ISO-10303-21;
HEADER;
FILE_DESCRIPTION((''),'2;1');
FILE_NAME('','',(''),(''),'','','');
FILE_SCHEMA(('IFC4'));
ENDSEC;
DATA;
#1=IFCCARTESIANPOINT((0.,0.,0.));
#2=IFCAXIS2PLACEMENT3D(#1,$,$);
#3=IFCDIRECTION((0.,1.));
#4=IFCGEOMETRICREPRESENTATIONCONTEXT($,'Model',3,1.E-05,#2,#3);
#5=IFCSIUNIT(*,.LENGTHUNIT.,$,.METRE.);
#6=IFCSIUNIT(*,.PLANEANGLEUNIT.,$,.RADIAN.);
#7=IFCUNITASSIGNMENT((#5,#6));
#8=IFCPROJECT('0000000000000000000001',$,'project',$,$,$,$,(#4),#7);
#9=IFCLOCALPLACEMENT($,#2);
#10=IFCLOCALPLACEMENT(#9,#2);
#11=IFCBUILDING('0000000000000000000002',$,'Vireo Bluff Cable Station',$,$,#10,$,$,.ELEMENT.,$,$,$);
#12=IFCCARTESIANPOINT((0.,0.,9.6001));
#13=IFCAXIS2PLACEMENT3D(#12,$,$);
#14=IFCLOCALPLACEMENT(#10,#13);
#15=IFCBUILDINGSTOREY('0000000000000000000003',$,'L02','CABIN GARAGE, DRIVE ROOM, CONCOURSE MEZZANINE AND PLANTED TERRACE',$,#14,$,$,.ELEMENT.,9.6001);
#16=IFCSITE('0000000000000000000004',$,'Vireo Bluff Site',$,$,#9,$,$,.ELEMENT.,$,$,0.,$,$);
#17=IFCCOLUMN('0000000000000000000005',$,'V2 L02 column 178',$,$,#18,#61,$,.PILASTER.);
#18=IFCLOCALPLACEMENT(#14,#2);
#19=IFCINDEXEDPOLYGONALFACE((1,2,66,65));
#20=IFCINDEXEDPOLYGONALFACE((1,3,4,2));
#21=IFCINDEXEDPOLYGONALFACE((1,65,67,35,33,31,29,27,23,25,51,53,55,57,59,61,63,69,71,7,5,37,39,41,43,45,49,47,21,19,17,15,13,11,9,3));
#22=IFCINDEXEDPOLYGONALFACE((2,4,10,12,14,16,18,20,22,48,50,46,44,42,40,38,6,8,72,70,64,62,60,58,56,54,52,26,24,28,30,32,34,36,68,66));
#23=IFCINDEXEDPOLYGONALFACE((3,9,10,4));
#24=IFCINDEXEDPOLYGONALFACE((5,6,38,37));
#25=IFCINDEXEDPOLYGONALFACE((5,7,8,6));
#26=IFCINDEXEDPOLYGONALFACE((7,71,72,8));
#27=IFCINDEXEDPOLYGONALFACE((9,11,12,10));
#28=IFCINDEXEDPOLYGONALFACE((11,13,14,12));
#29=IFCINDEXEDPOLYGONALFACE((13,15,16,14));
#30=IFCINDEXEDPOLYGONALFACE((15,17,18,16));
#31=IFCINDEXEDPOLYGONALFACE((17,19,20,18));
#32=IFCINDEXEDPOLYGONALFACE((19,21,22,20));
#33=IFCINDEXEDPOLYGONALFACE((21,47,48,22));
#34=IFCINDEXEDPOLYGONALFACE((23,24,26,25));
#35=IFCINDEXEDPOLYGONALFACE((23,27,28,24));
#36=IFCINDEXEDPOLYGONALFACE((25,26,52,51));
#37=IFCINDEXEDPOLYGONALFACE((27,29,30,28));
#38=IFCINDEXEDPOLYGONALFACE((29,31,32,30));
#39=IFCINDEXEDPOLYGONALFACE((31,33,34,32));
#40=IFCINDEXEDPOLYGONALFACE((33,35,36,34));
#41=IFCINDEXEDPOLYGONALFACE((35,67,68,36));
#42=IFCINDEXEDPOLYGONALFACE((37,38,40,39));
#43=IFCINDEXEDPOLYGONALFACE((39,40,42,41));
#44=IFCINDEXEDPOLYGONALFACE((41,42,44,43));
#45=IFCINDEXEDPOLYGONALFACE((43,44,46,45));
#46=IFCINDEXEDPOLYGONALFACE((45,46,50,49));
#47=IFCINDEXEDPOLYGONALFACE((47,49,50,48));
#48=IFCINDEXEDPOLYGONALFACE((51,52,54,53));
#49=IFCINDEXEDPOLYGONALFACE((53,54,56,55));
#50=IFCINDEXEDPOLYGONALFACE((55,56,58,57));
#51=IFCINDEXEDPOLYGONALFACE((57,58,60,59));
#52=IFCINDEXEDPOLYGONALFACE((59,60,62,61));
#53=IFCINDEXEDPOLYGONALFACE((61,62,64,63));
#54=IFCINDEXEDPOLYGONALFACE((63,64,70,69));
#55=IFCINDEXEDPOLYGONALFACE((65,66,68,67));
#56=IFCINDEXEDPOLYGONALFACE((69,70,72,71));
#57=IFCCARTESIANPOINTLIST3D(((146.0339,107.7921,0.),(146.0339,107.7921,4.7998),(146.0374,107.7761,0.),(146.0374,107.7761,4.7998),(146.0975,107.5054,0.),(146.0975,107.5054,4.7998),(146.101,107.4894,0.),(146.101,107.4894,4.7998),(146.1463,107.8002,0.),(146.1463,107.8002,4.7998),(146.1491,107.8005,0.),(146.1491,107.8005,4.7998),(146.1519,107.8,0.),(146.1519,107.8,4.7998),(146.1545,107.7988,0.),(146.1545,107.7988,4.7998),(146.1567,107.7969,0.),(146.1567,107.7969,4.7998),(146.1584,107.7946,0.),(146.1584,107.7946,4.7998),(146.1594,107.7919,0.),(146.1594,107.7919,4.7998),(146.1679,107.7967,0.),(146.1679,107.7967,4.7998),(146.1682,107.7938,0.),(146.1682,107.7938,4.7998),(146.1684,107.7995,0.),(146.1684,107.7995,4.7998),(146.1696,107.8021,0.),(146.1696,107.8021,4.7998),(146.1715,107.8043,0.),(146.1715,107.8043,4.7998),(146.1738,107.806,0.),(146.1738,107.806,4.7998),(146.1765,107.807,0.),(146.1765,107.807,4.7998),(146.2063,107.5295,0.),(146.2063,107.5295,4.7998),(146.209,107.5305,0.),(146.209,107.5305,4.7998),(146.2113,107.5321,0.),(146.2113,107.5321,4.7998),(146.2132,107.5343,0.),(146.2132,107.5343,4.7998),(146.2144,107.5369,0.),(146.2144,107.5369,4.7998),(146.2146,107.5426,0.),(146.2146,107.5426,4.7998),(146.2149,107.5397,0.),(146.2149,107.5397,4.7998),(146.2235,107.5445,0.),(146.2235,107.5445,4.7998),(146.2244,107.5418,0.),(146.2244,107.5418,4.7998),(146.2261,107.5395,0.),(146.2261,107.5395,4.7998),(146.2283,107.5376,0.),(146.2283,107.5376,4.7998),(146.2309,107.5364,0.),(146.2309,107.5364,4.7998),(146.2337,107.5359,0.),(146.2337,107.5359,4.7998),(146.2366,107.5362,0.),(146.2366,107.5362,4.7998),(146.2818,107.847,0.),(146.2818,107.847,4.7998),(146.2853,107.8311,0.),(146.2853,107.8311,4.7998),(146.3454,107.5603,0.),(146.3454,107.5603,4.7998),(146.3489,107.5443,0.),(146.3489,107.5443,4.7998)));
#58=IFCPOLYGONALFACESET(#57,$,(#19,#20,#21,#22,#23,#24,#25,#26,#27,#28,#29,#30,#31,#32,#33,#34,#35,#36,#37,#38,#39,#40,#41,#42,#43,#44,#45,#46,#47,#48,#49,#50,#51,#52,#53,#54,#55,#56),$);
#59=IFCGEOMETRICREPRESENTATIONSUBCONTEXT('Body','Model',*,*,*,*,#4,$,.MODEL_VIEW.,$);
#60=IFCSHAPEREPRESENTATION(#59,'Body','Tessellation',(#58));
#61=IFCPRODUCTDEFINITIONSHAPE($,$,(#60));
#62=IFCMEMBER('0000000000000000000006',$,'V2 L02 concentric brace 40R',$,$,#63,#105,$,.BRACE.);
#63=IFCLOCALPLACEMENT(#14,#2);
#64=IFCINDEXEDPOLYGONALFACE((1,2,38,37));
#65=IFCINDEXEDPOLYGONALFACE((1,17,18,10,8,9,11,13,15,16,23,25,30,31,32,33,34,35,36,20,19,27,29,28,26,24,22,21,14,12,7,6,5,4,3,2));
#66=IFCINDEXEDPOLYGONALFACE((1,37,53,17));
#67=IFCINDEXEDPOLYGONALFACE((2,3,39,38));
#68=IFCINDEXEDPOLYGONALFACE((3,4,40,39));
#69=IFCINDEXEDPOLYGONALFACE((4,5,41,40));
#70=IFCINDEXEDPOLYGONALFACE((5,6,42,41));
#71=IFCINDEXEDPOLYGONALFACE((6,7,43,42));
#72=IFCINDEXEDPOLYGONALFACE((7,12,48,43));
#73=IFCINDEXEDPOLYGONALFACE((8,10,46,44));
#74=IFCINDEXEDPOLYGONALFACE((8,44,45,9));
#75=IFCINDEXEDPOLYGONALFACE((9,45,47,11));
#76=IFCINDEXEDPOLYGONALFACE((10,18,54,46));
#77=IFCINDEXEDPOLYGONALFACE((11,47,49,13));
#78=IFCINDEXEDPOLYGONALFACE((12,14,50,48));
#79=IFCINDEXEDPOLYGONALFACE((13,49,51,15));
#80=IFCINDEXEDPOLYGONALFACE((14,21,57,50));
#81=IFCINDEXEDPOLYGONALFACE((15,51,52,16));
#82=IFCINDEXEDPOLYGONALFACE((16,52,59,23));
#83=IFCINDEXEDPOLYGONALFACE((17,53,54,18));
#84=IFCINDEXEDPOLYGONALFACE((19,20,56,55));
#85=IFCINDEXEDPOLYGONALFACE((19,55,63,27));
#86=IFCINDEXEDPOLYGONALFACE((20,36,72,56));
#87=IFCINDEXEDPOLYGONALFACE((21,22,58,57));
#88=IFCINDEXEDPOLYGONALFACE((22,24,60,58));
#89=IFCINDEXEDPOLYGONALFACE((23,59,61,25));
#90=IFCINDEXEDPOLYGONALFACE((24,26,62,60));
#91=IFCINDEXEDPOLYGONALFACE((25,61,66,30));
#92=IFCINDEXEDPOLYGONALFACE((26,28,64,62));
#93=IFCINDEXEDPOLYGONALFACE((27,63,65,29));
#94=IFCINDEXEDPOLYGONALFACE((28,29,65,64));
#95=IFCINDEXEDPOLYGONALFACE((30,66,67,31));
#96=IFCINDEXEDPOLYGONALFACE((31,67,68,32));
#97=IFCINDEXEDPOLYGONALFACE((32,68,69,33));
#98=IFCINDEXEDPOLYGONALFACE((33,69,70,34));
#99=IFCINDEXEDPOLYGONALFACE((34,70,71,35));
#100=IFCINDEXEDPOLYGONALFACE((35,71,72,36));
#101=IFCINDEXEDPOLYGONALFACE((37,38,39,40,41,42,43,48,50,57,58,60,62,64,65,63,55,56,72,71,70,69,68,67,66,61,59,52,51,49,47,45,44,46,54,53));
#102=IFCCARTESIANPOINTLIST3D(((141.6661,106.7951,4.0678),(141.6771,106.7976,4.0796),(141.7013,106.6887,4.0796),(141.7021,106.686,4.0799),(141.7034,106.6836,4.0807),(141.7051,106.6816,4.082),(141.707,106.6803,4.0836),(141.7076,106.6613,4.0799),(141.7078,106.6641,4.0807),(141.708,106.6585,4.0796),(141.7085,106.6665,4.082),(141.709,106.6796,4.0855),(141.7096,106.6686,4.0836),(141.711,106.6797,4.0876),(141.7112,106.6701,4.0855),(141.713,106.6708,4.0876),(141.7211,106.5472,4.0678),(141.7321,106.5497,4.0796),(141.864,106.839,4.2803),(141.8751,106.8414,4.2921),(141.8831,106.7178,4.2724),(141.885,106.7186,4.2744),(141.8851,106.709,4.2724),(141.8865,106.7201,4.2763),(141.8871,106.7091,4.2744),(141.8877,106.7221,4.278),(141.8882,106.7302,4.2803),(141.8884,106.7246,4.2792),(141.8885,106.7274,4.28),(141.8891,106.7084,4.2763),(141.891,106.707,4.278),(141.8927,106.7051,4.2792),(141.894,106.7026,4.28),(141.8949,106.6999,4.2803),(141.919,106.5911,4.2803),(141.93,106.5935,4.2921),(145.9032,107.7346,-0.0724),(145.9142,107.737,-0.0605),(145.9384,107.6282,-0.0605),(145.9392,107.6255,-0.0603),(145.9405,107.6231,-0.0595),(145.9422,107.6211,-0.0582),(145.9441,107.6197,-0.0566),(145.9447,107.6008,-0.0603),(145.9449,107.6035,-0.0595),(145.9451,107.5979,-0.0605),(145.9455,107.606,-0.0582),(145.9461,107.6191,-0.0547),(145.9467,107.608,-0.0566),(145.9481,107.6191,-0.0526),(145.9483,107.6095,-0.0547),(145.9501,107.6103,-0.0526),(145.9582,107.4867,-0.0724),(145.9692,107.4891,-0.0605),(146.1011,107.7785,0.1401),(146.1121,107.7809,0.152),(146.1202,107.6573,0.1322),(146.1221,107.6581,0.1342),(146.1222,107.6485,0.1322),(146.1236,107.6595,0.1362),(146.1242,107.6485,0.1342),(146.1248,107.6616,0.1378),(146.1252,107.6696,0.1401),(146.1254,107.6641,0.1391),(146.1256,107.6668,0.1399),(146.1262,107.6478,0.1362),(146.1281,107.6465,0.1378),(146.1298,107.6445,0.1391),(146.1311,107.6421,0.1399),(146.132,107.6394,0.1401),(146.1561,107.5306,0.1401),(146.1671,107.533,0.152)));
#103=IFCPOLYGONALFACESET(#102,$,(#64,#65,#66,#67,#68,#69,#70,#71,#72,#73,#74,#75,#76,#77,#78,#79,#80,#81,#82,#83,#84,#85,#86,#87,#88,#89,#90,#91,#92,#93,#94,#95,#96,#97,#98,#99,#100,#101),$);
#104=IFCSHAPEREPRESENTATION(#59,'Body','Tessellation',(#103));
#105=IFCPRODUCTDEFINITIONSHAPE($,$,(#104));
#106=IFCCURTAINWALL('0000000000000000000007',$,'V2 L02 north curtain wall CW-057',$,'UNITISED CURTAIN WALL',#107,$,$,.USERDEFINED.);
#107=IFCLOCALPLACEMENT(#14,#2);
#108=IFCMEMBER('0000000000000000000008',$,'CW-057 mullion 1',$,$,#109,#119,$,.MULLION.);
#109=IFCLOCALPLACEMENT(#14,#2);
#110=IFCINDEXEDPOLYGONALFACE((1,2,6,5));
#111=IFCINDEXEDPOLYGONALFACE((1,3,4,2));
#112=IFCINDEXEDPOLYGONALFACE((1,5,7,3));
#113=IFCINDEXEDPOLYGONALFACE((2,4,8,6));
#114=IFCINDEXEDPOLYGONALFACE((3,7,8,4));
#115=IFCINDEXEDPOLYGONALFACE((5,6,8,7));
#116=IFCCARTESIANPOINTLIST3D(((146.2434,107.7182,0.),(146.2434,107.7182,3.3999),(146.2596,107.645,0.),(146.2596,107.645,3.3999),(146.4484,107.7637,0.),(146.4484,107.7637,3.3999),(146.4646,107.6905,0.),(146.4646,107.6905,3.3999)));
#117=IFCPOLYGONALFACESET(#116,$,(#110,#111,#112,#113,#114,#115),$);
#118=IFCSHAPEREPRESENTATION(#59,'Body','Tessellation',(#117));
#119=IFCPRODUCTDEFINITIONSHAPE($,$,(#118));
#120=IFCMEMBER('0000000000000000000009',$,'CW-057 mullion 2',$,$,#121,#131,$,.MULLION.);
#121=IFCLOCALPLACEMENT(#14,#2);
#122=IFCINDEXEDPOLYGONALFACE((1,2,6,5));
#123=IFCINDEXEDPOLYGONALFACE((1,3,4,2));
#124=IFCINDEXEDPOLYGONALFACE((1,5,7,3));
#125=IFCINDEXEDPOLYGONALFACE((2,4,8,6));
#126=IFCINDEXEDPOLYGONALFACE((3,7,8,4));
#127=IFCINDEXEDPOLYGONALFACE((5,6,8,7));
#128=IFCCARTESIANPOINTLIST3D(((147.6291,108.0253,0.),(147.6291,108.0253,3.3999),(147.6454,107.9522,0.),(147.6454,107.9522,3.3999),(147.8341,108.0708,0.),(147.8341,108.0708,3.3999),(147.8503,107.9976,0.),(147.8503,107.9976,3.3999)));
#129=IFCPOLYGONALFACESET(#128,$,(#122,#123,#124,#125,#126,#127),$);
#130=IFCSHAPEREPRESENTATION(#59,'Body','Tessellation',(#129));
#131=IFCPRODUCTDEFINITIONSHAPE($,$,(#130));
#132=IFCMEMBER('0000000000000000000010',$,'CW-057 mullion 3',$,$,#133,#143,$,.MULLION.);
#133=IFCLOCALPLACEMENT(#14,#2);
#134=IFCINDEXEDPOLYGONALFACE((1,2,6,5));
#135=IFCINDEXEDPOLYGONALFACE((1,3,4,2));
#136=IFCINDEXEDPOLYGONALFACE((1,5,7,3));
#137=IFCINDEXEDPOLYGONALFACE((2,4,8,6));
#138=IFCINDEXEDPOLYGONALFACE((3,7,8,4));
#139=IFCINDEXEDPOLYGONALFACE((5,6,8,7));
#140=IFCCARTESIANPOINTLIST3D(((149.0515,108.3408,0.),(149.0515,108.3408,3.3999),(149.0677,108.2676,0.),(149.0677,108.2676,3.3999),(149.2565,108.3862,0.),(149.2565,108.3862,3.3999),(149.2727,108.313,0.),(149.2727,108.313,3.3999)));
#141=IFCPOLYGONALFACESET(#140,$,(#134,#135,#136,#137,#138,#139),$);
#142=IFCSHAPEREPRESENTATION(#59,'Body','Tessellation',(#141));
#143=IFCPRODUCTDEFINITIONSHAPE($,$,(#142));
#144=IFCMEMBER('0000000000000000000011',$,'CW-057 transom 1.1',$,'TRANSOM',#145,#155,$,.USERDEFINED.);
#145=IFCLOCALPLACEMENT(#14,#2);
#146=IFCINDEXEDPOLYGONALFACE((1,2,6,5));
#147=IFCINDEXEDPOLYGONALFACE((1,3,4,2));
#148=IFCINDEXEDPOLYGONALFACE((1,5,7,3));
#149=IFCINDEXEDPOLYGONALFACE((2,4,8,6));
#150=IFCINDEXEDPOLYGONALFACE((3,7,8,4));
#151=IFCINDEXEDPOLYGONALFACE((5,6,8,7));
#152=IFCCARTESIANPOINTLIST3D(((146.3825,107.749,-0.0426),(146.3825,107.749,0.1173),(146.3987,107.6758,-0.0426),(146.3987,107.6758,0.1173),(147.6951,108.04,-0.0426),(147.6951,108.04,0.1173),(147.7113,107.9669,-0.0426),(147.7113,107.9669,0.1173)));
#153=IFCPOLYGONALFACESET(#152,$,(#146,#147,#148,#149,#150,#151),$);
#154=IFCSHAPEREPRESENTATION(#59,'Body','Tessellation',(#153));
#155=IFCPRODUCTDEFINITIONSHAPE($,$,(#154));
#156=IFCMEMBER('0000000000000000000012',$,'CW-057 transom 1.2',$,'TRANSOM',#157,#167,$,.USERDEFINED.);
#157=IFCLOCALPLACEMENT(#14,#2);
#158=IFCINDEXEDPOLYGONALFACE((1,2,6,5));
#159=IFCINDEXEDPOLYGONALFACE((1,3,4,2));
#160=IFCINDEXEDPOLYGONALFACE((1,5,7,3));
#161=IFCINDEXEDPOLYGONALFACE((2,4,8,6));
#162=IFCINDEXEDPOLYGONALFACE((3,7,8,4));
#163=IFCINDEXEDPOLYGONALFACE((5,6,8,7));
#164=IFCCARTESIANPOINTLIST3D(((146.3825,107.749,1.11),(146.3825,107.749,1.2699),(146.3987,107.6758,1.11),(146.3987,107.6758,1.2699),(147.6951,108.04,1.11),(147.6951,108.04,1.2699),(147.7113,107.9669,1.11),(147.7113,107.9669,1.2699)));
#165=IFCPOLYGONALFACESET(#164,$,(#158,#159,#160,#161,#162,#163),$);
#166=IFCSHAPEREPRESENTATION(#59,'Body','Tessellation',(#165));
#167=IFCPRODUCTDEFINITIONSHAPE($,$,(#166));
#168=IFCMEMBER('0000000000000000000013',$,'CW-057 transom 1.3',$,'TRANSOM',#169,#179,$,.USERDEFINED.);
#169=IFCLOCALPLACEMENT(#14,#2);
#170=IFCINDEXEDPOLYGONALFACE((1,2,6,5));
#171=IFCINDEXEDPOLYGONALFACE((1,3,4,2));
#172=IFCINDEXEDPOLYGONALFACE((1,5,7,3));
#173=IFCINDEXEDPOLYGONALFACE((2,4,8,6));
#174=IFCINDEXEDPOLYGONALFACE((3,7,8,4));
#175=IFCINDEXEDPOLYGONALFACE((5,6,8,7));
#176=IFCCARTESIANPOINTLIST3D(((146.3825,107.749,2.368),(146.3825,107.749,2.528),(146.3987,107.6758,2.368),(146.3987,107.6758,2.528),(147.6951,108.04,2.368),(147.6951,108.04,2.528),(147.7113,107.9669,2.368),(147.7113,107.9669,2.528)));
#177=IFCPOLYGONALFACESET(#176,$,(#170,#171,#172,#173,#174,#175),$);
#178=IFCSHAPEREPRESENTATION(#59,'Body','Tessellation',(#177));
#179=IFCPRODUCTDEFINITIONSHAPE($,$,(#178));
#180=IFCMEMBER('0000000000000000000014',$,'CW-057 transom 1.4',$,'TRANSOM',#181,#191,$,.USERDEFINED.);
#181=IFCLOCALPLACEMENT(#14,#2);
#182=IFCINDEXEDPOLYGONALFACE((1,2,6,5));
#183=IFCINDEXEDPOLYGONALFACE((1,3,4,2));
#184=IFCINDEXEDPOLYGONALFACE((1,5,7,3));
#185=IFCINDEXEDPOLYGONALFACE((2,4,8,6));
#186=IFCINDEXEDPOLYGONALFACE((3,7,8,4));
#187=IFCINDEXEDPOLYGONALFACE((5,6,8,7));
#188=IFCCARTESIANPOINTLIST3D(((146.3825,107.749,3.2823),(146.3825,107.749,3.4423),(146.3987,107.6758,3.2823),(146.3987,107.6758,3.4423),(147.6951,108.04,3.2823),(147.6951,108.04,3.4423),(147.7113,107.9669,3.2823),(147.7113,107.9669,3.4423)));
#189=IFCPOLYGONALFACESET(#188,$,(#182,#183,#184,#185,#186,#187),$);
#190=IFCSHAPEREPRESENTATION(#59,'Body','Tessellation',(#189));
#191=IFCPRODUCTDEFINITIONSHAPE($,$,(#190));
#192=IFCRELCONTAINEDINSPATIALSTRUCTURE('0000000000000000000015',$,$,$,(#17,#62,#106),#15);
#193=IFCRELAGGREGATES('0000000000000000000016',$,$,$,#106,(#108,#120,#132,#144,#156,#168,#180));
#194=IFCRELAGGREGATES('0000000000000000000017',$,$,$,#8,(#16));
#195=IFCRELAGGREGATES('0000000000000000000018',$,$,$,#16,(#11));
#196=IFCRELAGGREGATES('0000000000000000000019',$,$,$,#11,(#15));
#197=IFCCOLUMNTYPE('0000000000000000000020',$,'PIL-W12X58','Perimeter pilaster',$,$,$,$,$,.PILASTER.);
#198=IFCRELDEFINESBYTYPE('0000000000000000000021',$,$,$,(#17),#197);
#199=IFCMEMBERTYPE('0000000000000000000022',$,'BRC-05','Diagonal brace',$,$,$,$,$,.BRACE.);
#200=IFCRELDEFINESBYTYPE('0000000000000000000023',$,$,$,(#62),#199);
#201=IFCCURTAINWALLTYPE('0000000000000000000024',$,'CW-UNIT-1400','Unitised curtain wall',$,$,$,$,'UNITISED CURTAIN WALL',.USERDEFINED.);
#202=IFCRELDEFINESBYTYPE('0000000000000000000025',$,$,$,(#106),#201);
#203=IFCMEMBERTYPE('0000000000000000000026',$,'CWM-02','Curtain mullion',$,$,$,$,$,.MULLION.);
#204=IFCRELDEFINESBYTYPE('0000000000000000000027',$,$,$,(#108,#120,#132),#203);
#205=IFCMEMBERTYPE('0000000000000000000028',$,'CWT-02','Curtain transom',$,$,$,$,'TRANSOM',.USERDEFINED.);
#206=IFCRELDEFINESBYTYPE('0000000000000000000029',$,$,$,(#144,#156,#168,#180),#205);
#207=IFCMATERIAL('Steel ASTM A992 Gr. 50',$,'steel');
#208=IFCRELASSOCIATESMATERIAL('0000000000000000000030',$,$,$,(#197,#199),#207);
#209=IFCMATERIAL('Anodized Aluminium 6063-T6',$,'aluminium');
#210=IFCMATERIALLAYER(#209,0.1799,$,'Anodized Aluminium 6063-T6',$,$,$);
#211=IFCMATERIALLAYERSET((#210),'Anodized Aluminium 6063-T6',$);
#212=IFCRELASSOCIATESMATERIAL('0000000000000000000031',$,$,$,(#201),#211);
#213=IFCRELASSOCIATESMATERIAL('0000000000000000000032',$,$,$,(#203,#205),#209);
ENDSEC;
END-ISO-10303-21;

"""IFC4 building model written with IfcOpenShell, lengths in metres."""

from ifc_helpers import new_model, si_unit, direction, frame, origin, origin_2d, place, context, subcontext, project, spatial, rectangle, i_section, extrude, material, layer, layer_set, material_profile, profile_set, type_object, element, aggregate, save


model = new_model("IFC4")

# Units and contexts
model_context = context("Model", 3, precision=1e-05, world=origin(), true_north=direction((0.0, 1.0)))
body_context = subcontext(model_context, "Body", "Model", "MODEL_VIEW")
ifc_project = project(units=[si_unit("LENGTHUNIT", "METRE"), si_unit("PLANEANGLEUNIT", "RADIAN")], contexts=[model_context])

# Site, building, storey
site_placement = place(None, origin())
site = spatial("IfcSite", under=ifc_project, at=site_placement, Name="Vireo Bluff Site", CompositionType="ELEMENT", RefElevation=0.0)
building_placement = place(site_placement, origin())
building = spatial("IfcBuilding", under=site, at=building_placement, Name="Vireo Bluff Cable Station", CompositionType="ELEMENT")
storey_placement = place(building_placement, frame((0.0, 0.0, 9.6001)))
storey = spatial("IfcBuildingStorey", under=building, at=storey_placement, Name="L02", Description="CABIN GARAGE, DRIVE ROOM, CONCOURSE MEZZANINE AND PLANTED TERRACE", CompositionType="ELEMENT", Elevation=9.6001)

# Column
ifc_material_1 = material(Name="Steel ASTM A992 Gr. 50", Category="steel")
ifc_material_profile_1 = material_profile(ifc_material_1, i_section(OverallWidth=0.2539, OverallDepth=0.3101, WebThickness=0.009, FlangeThickness=0.0164, FilletRadius=0.011, at=origin_2d()), Name="W12X58")
ifc_profile_set_1 = profile_set([ifc_material_profile_1], Name="Steel ASTM A992 Gr. 50")
column_type = type_object("IfcColumnType", Name="PIL-W12X58", Description="Perimeter pilaster", PredefinedType="PILASTER", material=ifc_profile_set_1)
column_placement = place(storey_placement, frame((146.1914, 107.6682, 0.0), z_axis=(0.0, 0.0, 1.0), x_axis=(0.976296, 0.21644, 0.0)))
element("IfcColumn", 1, at=column_placement, inside=storey, type_object=column_type, Name="V2 L02 column 178", PredefinedType="PILASTER", context=body_context, shape_type="SweptSolid", body=[
    extrude(i_section(OverallWidth=0.2539, OverallDepth=0.3101, WebThickness=0.009, FlangeThickness=0.0164, FilletRadius=0.011, at=origin_2d()), origin(), (0.0, 0.0, 1.0), 4.7998),
])

# Member
ifc_material_profile_2 = material_profile(ifc_material_1, i_section(OverallWidth=0.2539, OverallDepth=0.3101, WebThickness=0.009, FlangeThickness=0.0164, FilletRadius=0.011, at=origin_2d()), Name="W12X58")
ifc_profile_set_2 = profile_set([ifc_material_profile_2], Name="Steel ASTM A992 Gr. 50")
member_type_1 = type_object("IfcMemberType", Name="BRC-05", Description="Diagonal brace", PredefinedType="BRACE", material=ifc_profile_set_2)
member_1_placement = place(storey_placement, frame((146.0352, 107.6338, 0.0398), z_axis=(-0.706412, -0.156628, 0.690253), x_axis=(0.216466, -0.97629, 0.0)))
element("IfcMember", 2, at=member_1_placement, inside=storey, type_object=member_type_1, Name="V2 L02 concentric brace 40R", PredefinedType="BRACE", context=body_context, shape_type="SweptSolid", body=[
    extrude(i_section(OverallWidth=0.2539, OverallDepth=0.3101, WebThickness=0.009, FlangeThickness=0.0164, FilletRadius=0.011, at=origin_2d()), origin(), (0.0, 0.0, 1.0), 5.998),
])

# Curtain wall, members
ifc_material_2 = material(Name="Anodized Aluminium 6063-T6", Category="aluminium")
ifc_layer_1 = layer(ifc_material_2, 0.1799, Name="Anodized Aluminium 6063-T6")
ifc_layer_set_1 = layer_set([ifc_layer_1], Name="Anodized Aluminium 6063-T6")
curtain_wall_type = type_object("IfcCurtainWallType", Name="CW-UNIT-1400", Description="Unitised curtain wall", ElementType="UNITISED CURTAIN WALL", PredefinedType="USERDEFINED", material=ifc_layer_set_1)
curtain_wall_placement = place(storey_placement, origin())
curtain_wall = element("IfcCurtainWall", 3, at=curtain_wall_placement, inside=storey, type_object=curtain_wall_type, Name="V2 L02 north curtain wall CW-057", ObjectType="UNITISED CURTAIN WALL", PredefinedType="USERDEFINED")
ifc_material_profile_3 = material_profile(ifc_material_2, rectangle(XDim=0.075, YDim=0.21, at=origin_2d()), Name="ALU-M-75X210")
ifc_profile_set_3 = profile_set([ifc_material_profile_3], Name="Anodized Aluminium 6063-T6")
member_type_2 = type_object("IfcMemberType", Name="CWM-02", Description="Curtain mullion", PredefinedType="MULLION", material=ifc_profile_set_3)
member_2_placement = place(storey_placement, frame((146.354, 107.7043, 0.0), z_axis=(0.0, 0.0, 1.0), x_axis=(-0.21644, 0.976296, 0.0)))
member_2 = element("IfcMember", 4, at=member_2_placement, type_object=member_type_2, Name="CW-057 mullion 1", PredefinedType="MULLION", context=body_context, shape_type="SweptSolid", body=[
    extrude(rectangle(XDim=0.075, YDim=0.21, at=origin_2d()), origin(), (0.0, 0.0, 1.0), 3.3999),
])
member_3_placement = place(storey_placement, frame((147.7397, 108.0115, 0.0), z_axis=(0.0, 0.0, 1.0), x_axis=(-0.21644, 0.976296, 0.0)))
member_3 = element("IfcMember", 5, at=member_3_placement, type_object=member_type_2, Name="CW-057 mullion 2", PredefinedType="MULLION", context=body_context, shape_type="SweptSolid", body=[
    extrude(rectangle(XDim=0.075, YDim=0.21, at=origin_2d()), origin(), (0.0, 0.0, 1.0), 3.3999),
])
member_4_placement = place(storey_placement, frame((149.1621, 108.3269, 0.0), z_axis=(0.0, 0.0, 1.0), x_axis=(-0.21644, 0.976296, 0.0)))
member_4 = element("IfcMember", 6, at=member_4_placement, type_object=member_type_2, Name="CW-057 mullion 3", PredefinedType="MULLION", context=body_context, shape_type="SweptSolid", body=[
    extrude(rectangle(XDim=0.075, YDim=0.21, at=origin_2d()), origin(), (0.0, 0.0, 1.0), 3.3999),
])
ifc_material_profile_4 = material_profile(ifc_material_2, rectangle(XDim=0.075, YDim=0.1599, at=origin_2d()), Name="ALU-T-75X160")
ifc_profile_set_4 = profile_set([ifc_material_profile_4], Name="Anodized Aluminium 6063-T6")
member_type_3 = type_object("IfcMemberType", Name="CWT-02", Description="Curtain transom", ElementType="TRANSOM", PredefinedType="USERDEFINED", material=ifc_profile_set_4)
member_5_placement = place(storey_placement, frame((146.3906, 107.7124, 0.0374), z_axis=(0.97629, 0.216469, 0.0), x_axis=(-0.216469, 0.97629, 0.0)))
member_5 = element("IfcMember", 7, at=member_5_placement, type_object=member_type_3, Name="CW-057 transom 1.1", ObjectType="TRANSOM", PredefinedType="USERDEFINED", context=body_context, shape_type="SweptSolid", body=[
    extrude(rectangle(XDim=0.075, YDim=0.1599, at=origin_2d()), origin(), (0.0, 0.0, 1.0), 1.3445),
])
member_6_placement = place(storey_placement, frame((146.3906, 107.7124, 1.1899), z_axis=(0.97629, 0.216469, 0.0), x_axis=(-0.216469, 0.97629, 0.0)))
member_6 = element("IfcMember", 8, at=member_6_placement, type_object=member_type_3, Name="CW-057 transom 1.2", ObjectType="TRANSOM", PredefinedType="USERDEFINED", context=body_context, shape_type="SweptSolid", body=[
    extrude(rectangle(XDim=0.075, YDim=0.1599, at=origin_2d()), origin(), (0.0, 0.0, 1.0), 1.3445),
])
member_7_placement = place(storey_placement, frame((146.3906, 107.7124, 2.448), z_axis=(0.97629, 0.216469, 0.0), x_axis=(-0.216469, 0.97629, 0.0)))
member_7 = element("IfcMember", 9, at=member_7_placement, type_object=member_type_3, Name="CW-057 transom 1.3", ObjectType="TRANSOM", PredefinedType="USERDEFINED", context=body_context, shape_type="SweptSolid", body=[
    extrude(rectangle(XDim=0.075, YDim=0.1599, at=origin_2d()), origin(), (0.0, 0.0, 1.0), 1.3445),
])
member_8_placement = place(storey_placement, frame((146.3906, 107.7124, 3.3623), z_axis=(0.97629, 0.216469, 0.0), x_axis=(-0.216469, 0.97629, 0.0)))
member_8 = element("IfcMember", 10, at=member_8_placement, type_object=member_type_3, Name="CW-057 transom 1.4", ObjectType="TRANSOM", PredefinedType="USERDEFINED", context=body_context, shape_type="SweptSolid", body=[
    extrude(rectangle(XDim=0.075, YDim=0.1599, at=origin_2d()), origin(), (0.0, 0.0, 1.0), 1.3445),
])

aggregate(curtain_wall, [member_2, member_3, member_4, member_5, member_6, member_7, member_8])

save(model, "model.ifc")
